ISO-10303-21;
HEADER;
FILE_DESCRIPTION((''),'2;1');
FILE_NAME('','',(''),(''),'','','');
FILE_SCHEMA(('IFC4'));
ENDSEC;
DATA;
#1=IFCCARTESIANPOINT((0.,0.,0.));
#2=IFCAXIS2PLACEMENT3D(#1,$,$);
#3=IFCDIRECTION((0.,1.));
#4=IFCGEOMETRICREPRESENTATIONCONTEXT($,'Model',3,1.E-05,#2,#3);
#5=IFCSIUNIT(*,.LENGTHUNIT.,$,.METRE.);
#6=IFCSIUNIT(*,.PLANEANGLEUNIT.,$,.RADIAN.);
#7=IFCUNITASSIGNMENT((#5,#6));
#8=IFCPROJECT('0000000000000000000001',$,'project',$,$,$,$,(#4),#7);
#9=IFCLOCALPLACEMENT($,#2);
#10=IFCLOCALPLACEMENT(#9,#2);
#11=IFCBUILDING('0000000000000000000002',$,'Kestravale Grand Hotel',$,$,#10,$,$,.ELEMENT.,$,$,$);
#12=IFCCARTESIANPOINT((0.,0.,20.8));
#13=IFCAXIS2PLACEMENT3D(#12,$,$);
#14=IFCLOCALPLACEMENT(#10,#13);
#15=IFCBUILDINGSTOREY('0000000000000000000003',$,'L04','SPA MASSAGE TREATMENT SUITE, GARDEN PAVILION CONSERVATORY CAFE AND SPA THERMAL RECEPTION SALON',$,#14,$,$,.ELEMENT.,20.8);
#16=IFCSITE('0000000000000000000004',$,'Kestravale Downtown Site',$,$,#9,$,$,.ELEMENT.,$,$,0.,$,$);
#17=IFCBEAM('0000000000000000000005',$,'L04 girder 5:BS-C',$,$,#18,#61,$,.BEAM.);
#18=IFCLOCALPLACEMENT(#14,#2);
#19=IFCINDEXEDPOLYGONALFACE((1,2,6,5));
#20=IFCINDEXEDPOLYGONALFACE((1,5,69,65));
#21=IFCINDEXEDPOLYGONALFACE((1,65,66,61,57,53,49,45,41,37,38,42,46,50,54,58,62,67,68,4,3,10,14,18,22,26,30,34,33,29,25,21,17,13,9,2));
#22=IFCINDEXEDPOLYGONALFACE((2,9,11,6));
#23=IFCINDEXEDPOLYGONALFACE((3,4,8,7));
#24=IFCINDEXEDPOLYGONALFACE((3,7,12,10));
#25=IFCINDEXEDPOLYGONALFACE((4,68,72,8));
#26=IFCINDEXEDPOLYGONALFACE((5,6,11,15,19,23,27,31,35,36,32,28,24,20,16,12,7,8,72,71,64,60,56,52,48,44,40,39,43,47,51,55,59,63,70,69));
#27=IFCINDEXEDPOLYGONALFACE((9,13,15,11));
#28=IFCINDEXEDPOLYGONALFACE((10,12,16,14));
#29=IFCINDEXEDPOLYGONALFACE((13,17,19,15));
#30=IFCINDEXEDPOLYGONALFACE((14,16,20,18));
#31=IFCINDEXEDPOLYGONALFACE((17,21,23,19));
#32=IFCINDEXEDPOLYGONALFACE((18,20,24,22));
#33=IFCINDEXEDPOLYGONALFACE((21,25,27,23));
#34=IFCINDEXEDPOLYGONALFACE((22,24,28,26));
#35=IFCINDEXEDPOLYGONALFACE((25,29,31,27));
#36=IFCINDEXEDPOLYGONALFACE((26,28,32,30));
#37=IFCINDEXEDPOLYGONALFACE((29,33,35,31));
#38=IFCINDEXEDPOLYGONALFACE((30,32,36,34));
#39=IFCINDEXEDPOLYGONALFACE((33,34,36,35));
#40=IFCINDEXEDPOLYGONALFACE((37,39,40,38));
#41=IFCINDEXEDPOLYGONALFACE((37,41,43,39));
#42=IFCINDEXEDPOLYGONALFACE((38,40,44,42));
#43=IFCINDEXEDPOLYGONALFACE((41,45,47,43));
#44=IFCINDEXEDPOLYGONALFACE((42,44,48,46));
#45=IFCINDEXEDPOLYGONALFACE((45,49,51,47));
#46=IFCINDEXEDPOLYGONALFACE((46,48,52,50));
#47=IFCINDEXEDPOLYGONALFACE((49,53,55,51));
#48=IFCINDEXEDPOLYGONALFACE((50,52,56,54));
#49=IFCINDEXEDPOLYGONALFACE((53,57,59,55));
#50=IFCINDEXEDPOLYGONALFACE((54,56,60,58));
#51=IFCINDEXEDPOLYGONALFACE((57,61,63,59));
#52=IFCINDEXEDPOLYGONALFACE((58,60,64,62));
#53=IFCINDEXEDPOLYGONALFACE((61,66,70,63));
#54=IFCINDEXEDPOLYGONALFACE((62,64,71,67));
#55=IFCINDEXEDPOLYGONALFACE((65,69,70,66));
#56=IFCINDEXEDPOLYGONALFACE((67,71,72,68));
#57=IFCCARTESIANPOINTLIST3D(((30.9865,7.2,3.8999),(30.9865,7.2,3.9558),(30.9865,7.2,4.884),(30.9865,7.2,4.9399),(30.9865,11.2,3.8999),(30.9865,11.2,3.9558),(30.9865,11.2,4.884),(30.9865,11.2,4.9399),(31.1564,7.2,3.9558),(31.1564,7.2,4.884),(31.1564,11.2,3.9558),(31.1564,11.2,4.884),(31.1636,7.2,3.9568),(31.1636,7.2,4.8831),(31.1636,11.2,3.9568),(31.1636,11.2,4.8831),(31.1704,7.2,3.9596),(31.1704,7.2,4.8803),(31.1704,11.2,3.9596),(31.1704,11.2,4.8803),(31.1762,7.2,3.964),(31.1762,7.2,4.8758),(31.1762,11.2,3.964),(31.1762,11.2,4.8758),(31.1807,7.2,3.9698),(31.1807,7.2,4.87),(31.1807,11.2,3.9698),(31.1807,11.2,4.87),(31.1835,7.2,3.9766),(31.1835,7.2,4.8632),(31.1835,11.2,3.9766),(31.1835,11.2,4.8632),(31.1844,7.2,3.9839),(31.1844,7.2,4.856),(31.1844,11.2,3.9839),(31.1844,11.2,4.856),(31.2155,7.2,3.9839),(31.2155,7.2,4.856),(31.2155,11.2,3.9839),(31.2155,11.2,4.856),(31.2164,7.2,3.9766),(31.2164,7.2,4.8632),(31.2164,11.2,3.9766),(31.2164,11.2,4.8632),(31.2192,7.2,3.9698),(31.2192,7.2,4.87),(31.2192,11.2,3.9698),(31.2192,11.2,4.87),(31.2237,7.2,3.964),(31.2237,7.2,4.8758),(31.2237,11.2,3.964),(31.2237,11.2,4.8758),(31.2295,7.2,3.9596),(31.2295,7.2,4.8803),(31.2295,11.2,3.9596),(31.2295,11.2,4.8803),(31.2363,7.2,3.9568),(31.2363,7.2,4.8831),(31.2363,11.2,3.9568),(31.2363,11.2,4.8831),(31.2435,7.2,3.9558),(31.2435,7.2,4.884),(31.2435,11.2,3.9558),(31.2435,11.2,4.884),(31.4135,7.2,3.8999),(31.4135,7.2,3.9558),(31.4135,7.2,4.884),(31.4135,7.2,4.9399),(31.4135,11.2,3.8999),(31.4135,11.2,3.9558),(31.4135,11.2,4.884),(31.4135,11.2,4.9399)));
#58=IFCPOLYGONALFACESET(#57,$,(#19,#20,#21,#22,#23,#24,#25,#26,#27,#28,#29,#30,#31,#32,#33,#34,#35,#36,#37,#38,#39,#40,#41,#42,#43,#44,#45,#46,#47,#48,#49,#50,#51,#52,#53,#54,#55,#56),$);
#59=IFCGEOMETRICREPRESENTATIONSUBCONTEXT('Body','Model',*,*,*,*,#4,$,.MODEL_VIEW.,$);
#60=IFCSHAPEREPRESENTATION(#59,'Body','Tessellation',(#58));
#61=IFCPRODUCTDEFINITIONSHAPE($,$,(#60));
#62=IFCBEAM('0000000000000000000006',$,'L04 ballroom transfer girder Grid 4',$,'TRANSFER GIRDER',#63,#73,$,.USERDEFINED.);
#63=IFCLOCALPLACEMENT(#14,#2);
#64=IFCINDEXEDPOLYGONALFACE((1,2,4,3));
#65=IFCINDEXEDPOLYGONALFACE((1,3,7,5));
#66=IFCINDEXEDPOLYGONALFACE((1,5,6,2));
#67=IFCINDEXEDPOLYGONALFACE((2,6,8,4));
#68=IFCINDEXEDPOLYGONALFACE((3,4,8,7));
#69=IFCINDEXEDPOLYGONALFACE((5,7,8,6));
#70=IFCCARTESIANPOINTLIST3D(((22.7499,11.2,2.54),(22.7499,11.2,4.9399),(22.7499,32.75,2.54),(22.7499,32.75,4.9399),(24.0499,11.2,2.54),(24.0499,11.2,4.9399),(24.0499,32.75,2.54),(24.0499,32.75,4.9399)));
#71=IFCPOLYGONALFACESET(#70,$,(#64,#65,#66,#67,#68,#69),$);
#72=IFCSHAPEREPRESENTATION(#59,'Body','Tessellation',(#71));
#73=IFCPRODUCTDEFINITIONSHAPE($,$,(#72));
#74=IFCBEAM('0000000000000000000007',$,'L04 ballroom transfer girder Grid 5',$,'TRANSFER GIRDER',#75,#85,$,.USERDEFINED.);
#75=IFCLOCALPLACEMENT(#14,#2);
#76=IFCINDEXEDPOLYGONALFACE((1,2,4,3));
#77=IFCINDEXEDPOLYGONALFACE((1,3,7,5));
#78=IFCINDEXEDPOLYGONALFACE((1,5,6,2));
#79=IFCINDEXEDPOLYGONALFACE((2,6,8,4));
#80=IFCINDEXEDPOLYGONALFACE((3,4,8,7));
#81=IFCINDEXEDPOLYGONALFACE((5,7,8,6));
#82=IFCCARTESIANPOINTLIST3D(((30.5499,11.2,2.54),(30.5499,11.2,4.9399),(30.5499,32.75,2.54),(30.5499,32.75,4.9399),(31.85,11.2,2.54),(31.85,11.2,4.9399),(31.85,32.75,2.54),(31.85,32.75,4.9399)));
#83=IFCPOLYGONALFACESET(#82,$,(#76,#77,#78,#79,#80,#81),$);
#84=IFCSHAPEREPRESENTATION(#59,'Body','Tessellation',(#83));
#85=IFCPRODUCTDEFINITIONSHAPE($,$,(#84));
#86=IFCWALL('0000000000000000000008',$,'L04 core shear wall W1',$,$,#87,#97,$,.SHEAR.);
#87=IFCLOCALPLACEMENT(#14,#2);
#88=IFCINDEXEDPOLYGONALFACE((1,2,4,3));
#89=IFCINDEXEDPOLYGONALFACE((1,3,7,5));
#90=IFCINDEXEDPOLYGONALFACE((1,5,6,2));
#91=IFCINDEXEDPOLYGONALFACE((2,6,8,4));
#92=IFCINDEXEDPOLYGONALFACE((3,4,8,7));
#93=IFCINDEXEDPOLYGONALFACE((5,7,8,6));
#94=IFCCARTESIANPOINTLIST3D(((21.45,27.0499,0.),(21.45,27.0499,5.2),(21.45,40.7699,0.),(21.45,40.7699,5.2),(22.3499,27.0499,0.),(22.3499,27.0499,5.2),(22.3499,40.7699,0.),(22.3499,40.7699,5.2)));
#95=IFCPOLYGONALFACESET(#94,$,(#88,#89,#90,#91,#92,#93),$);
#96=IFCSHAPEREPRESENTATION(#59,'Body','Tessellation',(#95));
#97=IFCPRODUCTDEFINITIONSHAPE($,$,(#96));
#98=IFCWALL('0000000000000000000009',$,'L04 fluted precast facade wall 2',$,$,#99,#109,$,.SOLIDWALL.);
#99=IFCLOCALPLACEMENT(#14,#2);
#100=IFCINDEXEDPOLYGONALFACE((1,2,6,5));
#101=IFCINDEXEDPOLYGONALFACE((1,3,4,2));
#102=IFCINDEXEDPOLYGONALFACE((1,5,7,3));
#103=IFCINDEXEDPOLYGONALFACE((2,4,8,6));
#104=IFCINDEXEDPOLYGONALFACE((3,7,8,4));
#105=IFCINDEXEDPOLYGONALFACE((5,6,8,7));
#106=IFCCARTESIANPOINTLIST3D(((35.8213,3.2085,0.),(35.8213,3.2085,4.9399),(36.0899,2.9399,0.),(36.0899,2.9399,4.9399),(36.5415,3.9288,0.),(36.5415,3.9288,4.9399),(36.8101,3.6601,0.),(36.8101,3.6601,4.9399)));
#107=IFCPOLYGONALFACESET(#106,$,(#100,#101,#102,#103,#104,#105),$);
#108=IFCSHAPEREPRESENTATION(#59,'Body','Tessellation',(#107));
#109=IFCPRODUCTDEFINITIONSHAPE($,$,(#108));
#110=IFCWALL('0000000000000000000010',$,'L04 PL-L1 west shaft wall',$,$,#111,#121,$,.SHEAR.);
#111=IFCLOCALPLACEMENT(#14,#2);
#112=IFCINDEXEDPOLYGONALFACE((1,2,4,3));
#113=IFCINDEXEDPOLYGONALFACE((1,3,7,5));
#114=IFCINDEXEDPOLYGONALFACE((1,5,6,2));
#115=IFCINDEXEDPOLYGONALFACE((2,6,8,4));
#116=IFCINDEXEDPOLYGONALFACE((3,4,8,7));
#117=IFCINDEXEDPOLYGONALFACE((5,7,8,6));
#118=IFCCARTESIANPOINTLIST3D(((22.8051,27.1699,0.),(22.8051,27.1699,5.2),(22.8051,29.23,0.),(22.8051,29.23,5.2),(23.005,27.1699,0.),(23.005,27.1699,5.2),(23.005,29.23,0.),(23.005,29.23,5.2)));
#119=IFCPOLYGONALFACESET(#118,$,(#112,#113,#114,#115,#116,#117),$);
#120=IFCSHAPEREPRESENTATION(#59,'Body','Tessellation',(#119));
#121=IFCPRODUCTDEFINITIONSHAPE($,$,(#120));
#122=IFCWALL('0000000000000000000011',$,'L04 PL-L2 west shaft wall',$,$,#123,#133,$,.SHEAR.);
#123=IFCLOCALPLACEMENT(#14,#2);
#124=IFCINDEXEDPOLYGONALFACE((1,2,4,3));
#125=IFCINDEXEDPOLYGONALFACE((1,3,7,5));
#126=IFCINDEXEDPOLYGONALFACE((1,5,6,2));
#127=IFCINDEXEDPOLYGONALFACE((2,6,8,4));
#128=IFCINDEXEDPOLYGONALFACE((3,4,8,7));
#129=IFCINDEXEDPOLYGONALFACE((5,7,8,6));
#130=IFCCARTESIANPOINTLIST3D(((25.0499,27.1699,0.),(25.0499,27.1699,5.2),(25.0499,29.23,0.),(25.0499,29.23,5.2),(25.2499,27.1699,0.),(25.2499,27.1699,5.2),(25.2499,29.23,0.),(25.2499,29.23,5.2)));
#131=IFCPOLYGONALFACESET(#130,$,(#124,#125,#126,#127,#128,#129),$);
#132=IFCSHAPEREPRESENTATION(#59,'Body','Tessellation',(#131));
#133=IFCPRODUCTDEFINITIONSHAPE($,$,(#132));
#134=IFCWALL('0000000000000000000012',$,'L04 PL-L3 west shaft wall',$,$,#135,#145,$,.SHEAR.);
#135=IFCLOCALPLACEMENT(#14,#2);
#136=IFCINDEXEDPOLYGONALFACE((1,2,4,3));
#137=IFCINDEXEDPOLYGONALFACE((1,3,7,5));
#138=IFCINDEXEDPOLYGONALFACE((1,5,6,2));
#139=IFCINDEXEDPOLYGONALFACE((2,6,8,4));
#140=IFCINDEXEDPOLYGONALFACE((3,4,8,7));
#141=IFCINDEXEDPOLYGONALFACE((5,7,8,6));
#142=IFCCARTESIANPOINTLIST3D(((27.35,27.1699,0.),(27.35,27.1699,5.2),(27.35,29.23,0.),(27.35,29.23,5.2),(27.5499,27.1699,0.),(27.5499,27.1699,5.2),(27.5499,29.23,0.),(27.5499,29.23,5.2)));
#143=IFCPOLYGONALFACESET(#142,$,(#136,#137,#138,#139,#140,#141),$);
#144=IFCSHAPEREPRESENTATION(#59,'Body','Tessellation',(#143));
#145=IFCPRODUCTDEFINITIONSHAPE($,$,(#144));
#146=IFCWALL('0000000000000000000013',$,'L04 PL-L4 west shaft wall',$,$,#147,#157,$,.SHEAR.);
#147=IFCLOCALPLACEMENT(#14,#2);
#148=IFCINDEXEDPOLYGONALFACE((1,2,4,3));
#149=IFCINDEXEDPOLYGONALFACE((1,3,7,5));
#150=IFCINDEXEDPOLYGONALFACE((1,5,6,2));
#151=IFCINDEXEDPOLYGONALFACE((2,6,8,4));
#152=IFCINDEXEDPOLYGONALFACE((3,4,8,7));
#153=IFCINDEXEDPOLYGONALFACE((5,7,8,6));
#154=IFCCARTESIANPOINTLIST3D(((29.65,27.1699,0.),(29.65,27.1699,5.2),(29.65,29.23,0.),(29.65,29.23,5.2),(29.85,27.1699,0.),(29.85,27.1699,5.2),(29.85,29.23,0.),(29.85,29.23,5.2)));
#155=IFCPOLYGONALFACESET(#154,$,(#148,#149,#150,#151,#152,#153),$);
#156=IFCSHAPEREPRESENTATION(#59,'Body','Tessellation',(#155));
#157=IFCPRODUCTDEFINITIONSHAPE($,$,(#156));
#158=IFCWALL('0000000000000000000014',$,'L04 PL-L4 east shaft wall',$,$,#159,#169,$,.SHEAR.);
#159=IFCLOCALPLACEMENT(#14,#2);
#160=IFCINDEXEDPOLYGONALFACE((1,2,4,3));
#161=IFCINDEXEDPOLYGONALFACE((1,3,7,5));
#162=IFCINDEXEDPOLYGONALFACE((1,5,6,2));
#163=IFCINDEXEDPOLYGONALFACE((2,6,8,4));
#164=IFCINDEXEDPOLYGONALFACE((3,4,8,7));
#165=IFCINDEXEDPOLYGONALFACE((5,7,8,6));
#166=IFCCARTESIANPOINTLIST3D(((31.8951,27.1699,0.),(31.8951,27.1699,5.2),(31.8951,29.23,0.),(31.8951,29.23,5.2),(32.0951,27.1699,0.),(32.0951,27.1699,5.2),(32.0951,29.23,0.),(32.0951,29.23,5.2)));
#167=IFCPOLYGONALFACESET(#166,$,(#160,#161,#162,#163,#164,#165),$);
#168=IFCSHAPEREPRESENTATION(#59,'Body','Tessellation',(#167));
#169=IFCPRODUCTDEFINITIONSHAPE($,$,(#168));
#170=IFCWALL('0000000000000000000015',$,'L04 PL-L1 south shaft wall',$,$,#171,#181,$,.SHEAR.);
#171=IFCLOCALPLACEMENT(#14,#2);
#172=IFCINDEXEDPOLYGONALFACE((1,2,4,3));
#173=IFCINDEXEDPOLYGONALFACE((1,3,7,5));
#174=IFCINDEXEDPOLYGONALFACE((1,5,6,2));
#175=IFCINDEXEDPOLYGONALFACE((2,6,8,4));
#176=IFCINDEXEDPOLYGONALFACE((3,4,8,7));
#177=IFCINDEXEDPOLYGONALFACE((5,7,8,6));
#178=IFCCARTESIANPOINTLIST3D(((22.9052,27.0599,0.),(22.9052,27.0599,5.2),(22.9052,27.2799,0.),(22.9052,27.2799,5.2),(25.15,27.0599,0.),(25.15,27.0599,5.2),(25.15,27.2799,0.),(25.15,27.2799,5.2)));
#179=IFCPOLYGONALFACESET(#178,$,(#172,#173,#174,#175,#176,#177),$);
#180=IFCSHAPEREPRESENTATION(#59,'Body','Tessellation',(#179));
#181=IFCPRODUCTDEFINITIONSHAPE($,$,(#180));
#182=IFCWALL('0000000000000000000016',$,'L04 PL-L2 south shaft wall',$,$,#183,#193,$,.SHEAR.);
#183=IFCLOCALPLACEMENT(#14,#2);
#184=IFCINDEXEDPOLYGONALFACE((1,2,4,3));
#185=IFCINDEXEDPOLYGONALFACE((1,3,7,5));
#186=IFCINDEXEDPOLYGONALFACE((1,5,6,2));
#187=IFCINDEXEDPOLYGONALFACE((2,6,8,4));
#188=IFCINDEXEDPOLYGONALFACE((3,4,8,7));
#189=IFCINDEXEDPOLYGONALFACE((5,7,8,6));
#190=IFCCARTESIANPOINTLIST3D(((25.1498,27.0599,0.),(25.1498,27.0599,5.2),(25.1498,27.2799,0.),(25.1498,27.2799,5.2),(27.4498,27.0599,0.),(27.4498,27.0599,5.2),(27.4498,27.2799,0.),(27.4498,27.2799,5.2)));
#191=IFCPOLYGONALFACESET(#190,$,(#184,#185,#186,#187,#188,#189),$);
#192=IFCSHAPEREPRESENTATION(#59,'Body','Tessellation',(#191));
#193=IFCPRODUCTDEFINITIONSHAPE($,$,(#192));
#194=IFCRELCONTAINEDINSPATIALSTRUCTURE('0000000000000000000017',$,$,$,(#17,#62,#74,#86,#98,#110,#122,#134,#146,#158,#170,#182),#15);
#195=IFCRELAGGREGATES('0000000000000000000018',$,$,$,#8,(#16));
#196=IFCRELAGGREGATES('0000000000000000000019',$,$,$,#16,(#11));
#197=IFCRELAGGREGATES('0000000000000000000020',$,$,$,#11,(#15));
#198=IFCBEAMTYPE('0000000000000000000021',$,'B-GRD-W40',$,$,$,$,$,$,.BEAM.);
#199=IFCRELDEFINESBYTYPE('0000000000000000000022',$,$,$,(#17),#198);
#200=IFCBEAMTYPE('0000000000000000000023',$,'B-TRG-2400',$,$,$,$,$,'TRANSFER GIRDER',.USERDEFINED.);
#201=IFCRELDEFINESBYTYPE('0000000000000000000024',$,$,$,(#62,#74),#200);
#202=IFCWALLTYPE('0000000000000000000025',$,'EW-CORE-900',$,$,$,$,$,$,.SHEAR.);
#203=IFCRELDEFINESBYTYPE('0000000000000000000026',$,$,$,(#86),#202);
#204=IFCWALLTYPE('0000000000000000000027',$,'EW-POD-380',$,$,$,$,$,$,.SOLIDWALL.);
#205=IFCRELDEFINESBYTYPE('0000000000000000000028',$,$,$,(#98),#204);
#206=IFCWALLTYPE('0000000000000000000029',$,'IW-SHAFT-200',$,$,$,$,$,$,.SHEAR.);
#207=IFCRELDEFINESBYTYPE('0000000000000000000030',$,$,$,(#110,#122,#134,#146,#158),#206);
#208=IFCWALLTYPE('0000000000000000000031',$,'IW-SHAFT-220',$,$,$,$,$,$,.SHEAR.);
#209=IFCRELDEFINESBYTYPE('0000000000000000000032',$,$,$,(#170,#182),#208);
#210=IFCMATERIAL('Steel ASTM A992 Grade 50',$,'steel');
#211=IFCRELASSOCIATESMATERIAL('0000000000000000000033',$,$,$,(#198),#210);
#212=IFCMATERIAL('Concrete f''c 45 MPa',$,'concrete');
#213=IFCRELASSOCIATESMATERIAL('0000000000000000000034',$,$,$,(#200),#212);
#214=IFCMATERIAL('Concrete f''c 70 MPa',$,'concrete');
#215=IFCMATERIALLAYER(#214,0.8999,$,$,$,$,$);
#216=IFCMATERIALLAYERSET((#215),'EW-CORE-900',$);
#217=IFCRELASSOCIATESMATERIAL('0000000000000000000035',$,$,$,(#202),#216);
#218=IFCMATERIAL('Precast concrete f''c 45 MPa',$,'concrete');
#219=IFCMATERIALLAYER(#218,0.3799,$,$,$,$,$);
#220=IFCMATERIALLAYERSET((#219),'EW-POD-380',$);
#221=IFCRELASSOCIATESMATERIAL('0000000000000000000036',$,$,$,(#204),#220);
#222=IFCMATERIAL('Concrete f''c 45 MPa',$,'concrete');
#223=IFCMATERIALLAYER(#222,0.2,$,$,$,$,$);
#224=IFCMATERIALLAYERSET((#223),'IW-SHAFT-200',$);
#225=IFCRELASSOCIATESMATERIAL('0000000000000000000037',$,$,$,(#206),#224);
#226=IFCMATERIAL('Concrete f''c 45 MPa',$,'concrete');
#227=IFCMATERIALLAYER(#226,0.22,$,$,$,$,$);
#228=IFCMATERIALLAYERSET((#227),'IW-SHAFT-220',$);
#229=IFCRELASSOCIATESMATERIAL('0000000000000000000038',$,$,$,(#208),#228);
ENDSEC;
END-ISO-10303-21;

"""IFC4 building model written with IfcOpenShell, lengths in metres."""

from ifc_helpers import new_model, si_unit, direction, frame, frame_2d, origin, origin_2d, place, context, subcontext, project, spatial, rectangle, i_section, extrude, material, layer, layer_set, material_profile, profile_set, type_object, element, save


model = new_model("IFC4")

# Units and contexts
model_context = context("Model", 3, precision=1e-05, world=origin(), true_north=direction((0.0, 1.0)))
body_context = subcontext(model_context, "Body", "Model", "MODEL_VIEW")
ifc_project = project(units=[si_unit("LENGTHUNIT", "METRE"), si_unit("PLANEANGLEUNIT", "RADIAN")], contexts=[model_context])

# Site, building, storey
site_placement = place(None, origin())
site = spatial("IfcSite", under=ifc_project, at=site_placement, Name="Kestravale Downtown Site", CompositionType="ELEMENT", RefElevation=0.0)
building_placement = place(site_placement, origin())
building = spatial("IfcBuilding", under=site, at=building_placement, Name="Kestravale Grand Hotel", CompositionType="ELEMENT")
storey_placement = place(building_placement, frame((0.0, 0.0, 20.8)))
storey = spatial("IfcBuildingStorey", under=building, at=storey_placement, Name="L04", Description="SPA MASSAGE TREATMENT SUITE, GARDEN PAVILION CONSERVATORY CAFE AND SPA THERMAL RECEPTION SALON", CompositionType="ELEMENT", Elevation=20.8)

# Beams
ifc_material_1 = material(Name="Steel ASTM A992 Grade 50", Category="steel")
ifc_material_profile_1 = material_profile(ifc_material_1, i_section(OverallWidth=0.427, OverallDepth=1.04, WebThickness=0.031, FlangeThickness=0.0559, FilletRadius=0.0281, at=origin_2d()))
ifc_profile_set_1 = profile_set([ifc_material_profile_1], Name="Steel ASTM A992 Grade 50")
beam_type_1 = type_object("IfcBeamType", Name="B-GRD-W40", PredefinedType="BEAM", material=ifc_profile_set_1)
for number, where, z_axis, x_axis, name in (
    (1, (31.2, 7.2, 4.4199), (0.0, 1.0, 0.0), (-1.0, 0.0, 0.0), "L04 girder 5:BS-C"),
):
    element("IfcBeam", number, at=place(storey_placement, frame(where, z_axis=z_axis, x_axis=x_axis)), inside=storey, type_object=beam_type_1, Name=name, PredefinedType="BEAM", context=body_context, shape_type="SweptSolid", body=[
        extrude(i_section(OverallWidth=0.427, OverallDepth=1.04, WebThickness=0.031, FlangeThickness=0.0559, FilletRadius=0.0281, at=origin_2d()), origin(), (0.0, 0.0, 1.0), 4.0),
    ])
ifc_material_2 = material(Name="Concrete f'c 45 MPa", Category="concrete")
ifc_material_profile_2 = material_profile(ifc_material_2, rectangle(XDim=1.3, YDim=2.3999, at=origin_2d()))
ifc_profile_set_2 = profile_set([ifc_material_profile_2], Name="Concrete f'c 45 MPa")
beam_type_2 = type_object("IfcBeamType", Name="B-TRG-2400", ElementType="TRANSFER GIRDER", PredefinedType="USERDEFINED", material=ifc_profile_set_2)
for number, where, z_axis, x_axis, name in (
    (2, (23.3999, 11.2, 3.74), (0.0, 1.0, 0.0), (-1.0, 0.0, 0.0), "L04 ballroom transfer girder Grid 4"),
    (3, (31.2, 11.2, 3.74), (0.0, 1.0, 0.0), (-1.0, 0.0, 0.0), "L04 ballroom transfer girder Grid 5"),
):
    element("IfcBeam", number, at=place(storey_placement, frame(where, z_axis=z_axis, x_axis=x_axis)), inside=storey, type_object=beam_type_2, Name=name, ObjectType="TRANSFER GIRDER", PredefinedType="USERDEFINED", context=body_context, shape_type="SweptSolid", body=[
        extrude(rectangle(XDim=1.3, YDim=2.3999, at=origin_2d()), origin(), (0.0, 0.0, 1.0), 21.55),
    ])

# Walls
ifc_material_3 = material(Name="Concrete f'c 70 MPa", Category="concrete")
ifc_layer_1 = layer(ifc_material_3, 0.8999)
ifc_layer_set_1 = layer_set([ifc_layer_1], Name="EW-CORE-900")
wall_type_1 = type_object("IfcWallType", Name="EW-CORE-900", PredefinedType="SHEAR", material=ifc_layer_set_1)
wall_1_placement = place(storey_placement, frame((21.8999, 27.05, 0.0), z_axis=(0.0, 0.0, 1.0), x_axis=(0.0, 1.0, 0.0)))
element("IfcWall", 4, at=wall_1_placement, inside=storey, type_object=wall_type_1, Name="L04 core shear wall W1", PredefinedType="SHEAR", context=body_context, shape_type="SweptSolid", body=[
    extrude(rectangle(XDim=13.72, YDim=0.8999, at=frame_2d((6.8599, 0.0))), origin(), (0.0, 0.0, 1.0), 5.2),
])
ifc_material_4 = material(Name="Precast concrete f'c 45 MPa", Category="concrete")
ifc_layer_2 = layer(ifc_material_4, 0.3799)
ifc_layer_set_2 = layer_set([ifc_layer_2], Name="EW-POD-380")
wall_type_2 = type_object("IfcWallType", Name="EW-POD-380", PredefinedType="SOLIDWALL", material=ifc_layer_set_2)
wall_2_placement = place(storey_placement, frame((35.9556, 3.0742, 0.0), z_axis=(0.0, 0.0, 1.0), x_axis=(0.707107, 0.707107, 0.0)))
element("IfcWall", 5, at=wall_2_placement, inside=storey, type_object=wall_type_2, Name="L04 fluted precast facade wall 2", PredefinedType="SOLIDWALL", context=body_context, shape_type="SweptSolid", body=[
    extrude(rectangle(XDim=1.0186, YDim=0.3799, at=frame_2d((0.5093, 0.0))), origin(), (0.0, 0.0, 1.0), 4.9399),
])
ifc_material_5 = material(Name="Concrete f'c 45 MPa", Category="concrete")
ifc_layer_3 = layer(ifc_material_5, 0.2)
ifc_layer_set_3 = layer_set([ifc_layer_3], Name="IW-SHAFT-200")
wall_type_3 = type_object("IfcWallType", Name="IW-SHAFT-200", PredefinedType="SHEAR", material=ifc_layer_set_3)
for number, where, z_axis, x_axis, name in (
    (6, (22.905, 27.1699, 0.0), (0.0, 0.0, 1.0), (0.0, 1.0, 0.0), "L04 PL-L1 west shaft wall"),
    (7, (25.1499, 27.1699, 0.0), (0.0, 0.0, 1.0), (0.0, 1.0, 0.0), "L04 PL-L2 west shaft wall"),
    (8, (27.45, 27.1699, 0.0), (0.0, 0.0, 1.0), (0.0, 1.0, 0.0), "L04 PL-L3 west shaft wall"),
    (9, (29.75, 27.1699, 0.0), (0.0, 0.0, 1.0), (0.0, 1.0, 0.0), "L04 PL-L4 west shaft wall"),
    (10, (31.9951, 27.1699, 0.0), (0.0, 0.0, 1.0), (0.0, 1.0, 0.0), "L04 PL-L4 east shaft wall"),
):
    element("IfcWall", number, at=place(storey_placement, frame(where, z_axis=z_axis, x_axis=x_axis)), inside=storey, type_object=wall_type_3, Name=name, PredefinedType="SHEAR", context=body_context, shape_type="SweptSolid", body=[
        extrude(rectangle(XDim=2.0601, YDim=0.2, at=frame_2d((1.03, 0.0))), origin(), (0.0, 0.0, 1.0), 5.2),
    ])
ifc_material_6 = material(Name="Concrete f'c 45 MPa", Category="concrete")
ifc_layer_4 = layer(ifc_material_6, 0.22)
ifc_layer_set_4 = layer_set([ifc_layer_4], Name="IW-SHAFT-220")
wall_type_4 = type_object("IfcWallType", Name="IW-SHAFT-220", PredefinedType="SHEAR", material=ifc_layer_set_4)
wall_3_placement = place(storey_placement, frame((22.905, 27.1699, 0.0), z_axis=(0.0, 0.0, 1.0), x_axis=(1.0, 0.0, 0.0)))
element("IfcWall", 11, at=wall_3_placement, inside=storey, type_object=wall_type_4, Name="L04 PL-L1 south shaft wall", PredefinedType="SHEAR", context=body_context, shape_type="SweptSolid", body=[
    extrude(rectangle(XDim=2.2449, YDim=0.22, at=frame_2d((1.1226, 0.0))), origin(), (0.0, 0.0, 1.0), 5.2),
])
for number, where, z_axis, x_axis, name in (
    (12, (25.1499, 27.1699, 0.0), (0.0, 0.0, 1.0), (1.0, 0.0, 0.0), "L04 PL-L2 south shaft wall"),
):
    element("IfcWall", number, at=place(storey_placement, frame(where, z_axis=z_axis, x_axis=x_axis)), inside=storey, type_object=wall_type_4, Name=name, PredefinedType="SHEAR", context=body_context, shape_type="SweptSolid", body=[
        extrude(rectangle(XDim=2.3, YDim=0.22, at=frame_2d((1.1499, 0.0))), origin(), (0.0, 0.0, 1.0), 5.2),
    ])

save(model, "model.ifc")
